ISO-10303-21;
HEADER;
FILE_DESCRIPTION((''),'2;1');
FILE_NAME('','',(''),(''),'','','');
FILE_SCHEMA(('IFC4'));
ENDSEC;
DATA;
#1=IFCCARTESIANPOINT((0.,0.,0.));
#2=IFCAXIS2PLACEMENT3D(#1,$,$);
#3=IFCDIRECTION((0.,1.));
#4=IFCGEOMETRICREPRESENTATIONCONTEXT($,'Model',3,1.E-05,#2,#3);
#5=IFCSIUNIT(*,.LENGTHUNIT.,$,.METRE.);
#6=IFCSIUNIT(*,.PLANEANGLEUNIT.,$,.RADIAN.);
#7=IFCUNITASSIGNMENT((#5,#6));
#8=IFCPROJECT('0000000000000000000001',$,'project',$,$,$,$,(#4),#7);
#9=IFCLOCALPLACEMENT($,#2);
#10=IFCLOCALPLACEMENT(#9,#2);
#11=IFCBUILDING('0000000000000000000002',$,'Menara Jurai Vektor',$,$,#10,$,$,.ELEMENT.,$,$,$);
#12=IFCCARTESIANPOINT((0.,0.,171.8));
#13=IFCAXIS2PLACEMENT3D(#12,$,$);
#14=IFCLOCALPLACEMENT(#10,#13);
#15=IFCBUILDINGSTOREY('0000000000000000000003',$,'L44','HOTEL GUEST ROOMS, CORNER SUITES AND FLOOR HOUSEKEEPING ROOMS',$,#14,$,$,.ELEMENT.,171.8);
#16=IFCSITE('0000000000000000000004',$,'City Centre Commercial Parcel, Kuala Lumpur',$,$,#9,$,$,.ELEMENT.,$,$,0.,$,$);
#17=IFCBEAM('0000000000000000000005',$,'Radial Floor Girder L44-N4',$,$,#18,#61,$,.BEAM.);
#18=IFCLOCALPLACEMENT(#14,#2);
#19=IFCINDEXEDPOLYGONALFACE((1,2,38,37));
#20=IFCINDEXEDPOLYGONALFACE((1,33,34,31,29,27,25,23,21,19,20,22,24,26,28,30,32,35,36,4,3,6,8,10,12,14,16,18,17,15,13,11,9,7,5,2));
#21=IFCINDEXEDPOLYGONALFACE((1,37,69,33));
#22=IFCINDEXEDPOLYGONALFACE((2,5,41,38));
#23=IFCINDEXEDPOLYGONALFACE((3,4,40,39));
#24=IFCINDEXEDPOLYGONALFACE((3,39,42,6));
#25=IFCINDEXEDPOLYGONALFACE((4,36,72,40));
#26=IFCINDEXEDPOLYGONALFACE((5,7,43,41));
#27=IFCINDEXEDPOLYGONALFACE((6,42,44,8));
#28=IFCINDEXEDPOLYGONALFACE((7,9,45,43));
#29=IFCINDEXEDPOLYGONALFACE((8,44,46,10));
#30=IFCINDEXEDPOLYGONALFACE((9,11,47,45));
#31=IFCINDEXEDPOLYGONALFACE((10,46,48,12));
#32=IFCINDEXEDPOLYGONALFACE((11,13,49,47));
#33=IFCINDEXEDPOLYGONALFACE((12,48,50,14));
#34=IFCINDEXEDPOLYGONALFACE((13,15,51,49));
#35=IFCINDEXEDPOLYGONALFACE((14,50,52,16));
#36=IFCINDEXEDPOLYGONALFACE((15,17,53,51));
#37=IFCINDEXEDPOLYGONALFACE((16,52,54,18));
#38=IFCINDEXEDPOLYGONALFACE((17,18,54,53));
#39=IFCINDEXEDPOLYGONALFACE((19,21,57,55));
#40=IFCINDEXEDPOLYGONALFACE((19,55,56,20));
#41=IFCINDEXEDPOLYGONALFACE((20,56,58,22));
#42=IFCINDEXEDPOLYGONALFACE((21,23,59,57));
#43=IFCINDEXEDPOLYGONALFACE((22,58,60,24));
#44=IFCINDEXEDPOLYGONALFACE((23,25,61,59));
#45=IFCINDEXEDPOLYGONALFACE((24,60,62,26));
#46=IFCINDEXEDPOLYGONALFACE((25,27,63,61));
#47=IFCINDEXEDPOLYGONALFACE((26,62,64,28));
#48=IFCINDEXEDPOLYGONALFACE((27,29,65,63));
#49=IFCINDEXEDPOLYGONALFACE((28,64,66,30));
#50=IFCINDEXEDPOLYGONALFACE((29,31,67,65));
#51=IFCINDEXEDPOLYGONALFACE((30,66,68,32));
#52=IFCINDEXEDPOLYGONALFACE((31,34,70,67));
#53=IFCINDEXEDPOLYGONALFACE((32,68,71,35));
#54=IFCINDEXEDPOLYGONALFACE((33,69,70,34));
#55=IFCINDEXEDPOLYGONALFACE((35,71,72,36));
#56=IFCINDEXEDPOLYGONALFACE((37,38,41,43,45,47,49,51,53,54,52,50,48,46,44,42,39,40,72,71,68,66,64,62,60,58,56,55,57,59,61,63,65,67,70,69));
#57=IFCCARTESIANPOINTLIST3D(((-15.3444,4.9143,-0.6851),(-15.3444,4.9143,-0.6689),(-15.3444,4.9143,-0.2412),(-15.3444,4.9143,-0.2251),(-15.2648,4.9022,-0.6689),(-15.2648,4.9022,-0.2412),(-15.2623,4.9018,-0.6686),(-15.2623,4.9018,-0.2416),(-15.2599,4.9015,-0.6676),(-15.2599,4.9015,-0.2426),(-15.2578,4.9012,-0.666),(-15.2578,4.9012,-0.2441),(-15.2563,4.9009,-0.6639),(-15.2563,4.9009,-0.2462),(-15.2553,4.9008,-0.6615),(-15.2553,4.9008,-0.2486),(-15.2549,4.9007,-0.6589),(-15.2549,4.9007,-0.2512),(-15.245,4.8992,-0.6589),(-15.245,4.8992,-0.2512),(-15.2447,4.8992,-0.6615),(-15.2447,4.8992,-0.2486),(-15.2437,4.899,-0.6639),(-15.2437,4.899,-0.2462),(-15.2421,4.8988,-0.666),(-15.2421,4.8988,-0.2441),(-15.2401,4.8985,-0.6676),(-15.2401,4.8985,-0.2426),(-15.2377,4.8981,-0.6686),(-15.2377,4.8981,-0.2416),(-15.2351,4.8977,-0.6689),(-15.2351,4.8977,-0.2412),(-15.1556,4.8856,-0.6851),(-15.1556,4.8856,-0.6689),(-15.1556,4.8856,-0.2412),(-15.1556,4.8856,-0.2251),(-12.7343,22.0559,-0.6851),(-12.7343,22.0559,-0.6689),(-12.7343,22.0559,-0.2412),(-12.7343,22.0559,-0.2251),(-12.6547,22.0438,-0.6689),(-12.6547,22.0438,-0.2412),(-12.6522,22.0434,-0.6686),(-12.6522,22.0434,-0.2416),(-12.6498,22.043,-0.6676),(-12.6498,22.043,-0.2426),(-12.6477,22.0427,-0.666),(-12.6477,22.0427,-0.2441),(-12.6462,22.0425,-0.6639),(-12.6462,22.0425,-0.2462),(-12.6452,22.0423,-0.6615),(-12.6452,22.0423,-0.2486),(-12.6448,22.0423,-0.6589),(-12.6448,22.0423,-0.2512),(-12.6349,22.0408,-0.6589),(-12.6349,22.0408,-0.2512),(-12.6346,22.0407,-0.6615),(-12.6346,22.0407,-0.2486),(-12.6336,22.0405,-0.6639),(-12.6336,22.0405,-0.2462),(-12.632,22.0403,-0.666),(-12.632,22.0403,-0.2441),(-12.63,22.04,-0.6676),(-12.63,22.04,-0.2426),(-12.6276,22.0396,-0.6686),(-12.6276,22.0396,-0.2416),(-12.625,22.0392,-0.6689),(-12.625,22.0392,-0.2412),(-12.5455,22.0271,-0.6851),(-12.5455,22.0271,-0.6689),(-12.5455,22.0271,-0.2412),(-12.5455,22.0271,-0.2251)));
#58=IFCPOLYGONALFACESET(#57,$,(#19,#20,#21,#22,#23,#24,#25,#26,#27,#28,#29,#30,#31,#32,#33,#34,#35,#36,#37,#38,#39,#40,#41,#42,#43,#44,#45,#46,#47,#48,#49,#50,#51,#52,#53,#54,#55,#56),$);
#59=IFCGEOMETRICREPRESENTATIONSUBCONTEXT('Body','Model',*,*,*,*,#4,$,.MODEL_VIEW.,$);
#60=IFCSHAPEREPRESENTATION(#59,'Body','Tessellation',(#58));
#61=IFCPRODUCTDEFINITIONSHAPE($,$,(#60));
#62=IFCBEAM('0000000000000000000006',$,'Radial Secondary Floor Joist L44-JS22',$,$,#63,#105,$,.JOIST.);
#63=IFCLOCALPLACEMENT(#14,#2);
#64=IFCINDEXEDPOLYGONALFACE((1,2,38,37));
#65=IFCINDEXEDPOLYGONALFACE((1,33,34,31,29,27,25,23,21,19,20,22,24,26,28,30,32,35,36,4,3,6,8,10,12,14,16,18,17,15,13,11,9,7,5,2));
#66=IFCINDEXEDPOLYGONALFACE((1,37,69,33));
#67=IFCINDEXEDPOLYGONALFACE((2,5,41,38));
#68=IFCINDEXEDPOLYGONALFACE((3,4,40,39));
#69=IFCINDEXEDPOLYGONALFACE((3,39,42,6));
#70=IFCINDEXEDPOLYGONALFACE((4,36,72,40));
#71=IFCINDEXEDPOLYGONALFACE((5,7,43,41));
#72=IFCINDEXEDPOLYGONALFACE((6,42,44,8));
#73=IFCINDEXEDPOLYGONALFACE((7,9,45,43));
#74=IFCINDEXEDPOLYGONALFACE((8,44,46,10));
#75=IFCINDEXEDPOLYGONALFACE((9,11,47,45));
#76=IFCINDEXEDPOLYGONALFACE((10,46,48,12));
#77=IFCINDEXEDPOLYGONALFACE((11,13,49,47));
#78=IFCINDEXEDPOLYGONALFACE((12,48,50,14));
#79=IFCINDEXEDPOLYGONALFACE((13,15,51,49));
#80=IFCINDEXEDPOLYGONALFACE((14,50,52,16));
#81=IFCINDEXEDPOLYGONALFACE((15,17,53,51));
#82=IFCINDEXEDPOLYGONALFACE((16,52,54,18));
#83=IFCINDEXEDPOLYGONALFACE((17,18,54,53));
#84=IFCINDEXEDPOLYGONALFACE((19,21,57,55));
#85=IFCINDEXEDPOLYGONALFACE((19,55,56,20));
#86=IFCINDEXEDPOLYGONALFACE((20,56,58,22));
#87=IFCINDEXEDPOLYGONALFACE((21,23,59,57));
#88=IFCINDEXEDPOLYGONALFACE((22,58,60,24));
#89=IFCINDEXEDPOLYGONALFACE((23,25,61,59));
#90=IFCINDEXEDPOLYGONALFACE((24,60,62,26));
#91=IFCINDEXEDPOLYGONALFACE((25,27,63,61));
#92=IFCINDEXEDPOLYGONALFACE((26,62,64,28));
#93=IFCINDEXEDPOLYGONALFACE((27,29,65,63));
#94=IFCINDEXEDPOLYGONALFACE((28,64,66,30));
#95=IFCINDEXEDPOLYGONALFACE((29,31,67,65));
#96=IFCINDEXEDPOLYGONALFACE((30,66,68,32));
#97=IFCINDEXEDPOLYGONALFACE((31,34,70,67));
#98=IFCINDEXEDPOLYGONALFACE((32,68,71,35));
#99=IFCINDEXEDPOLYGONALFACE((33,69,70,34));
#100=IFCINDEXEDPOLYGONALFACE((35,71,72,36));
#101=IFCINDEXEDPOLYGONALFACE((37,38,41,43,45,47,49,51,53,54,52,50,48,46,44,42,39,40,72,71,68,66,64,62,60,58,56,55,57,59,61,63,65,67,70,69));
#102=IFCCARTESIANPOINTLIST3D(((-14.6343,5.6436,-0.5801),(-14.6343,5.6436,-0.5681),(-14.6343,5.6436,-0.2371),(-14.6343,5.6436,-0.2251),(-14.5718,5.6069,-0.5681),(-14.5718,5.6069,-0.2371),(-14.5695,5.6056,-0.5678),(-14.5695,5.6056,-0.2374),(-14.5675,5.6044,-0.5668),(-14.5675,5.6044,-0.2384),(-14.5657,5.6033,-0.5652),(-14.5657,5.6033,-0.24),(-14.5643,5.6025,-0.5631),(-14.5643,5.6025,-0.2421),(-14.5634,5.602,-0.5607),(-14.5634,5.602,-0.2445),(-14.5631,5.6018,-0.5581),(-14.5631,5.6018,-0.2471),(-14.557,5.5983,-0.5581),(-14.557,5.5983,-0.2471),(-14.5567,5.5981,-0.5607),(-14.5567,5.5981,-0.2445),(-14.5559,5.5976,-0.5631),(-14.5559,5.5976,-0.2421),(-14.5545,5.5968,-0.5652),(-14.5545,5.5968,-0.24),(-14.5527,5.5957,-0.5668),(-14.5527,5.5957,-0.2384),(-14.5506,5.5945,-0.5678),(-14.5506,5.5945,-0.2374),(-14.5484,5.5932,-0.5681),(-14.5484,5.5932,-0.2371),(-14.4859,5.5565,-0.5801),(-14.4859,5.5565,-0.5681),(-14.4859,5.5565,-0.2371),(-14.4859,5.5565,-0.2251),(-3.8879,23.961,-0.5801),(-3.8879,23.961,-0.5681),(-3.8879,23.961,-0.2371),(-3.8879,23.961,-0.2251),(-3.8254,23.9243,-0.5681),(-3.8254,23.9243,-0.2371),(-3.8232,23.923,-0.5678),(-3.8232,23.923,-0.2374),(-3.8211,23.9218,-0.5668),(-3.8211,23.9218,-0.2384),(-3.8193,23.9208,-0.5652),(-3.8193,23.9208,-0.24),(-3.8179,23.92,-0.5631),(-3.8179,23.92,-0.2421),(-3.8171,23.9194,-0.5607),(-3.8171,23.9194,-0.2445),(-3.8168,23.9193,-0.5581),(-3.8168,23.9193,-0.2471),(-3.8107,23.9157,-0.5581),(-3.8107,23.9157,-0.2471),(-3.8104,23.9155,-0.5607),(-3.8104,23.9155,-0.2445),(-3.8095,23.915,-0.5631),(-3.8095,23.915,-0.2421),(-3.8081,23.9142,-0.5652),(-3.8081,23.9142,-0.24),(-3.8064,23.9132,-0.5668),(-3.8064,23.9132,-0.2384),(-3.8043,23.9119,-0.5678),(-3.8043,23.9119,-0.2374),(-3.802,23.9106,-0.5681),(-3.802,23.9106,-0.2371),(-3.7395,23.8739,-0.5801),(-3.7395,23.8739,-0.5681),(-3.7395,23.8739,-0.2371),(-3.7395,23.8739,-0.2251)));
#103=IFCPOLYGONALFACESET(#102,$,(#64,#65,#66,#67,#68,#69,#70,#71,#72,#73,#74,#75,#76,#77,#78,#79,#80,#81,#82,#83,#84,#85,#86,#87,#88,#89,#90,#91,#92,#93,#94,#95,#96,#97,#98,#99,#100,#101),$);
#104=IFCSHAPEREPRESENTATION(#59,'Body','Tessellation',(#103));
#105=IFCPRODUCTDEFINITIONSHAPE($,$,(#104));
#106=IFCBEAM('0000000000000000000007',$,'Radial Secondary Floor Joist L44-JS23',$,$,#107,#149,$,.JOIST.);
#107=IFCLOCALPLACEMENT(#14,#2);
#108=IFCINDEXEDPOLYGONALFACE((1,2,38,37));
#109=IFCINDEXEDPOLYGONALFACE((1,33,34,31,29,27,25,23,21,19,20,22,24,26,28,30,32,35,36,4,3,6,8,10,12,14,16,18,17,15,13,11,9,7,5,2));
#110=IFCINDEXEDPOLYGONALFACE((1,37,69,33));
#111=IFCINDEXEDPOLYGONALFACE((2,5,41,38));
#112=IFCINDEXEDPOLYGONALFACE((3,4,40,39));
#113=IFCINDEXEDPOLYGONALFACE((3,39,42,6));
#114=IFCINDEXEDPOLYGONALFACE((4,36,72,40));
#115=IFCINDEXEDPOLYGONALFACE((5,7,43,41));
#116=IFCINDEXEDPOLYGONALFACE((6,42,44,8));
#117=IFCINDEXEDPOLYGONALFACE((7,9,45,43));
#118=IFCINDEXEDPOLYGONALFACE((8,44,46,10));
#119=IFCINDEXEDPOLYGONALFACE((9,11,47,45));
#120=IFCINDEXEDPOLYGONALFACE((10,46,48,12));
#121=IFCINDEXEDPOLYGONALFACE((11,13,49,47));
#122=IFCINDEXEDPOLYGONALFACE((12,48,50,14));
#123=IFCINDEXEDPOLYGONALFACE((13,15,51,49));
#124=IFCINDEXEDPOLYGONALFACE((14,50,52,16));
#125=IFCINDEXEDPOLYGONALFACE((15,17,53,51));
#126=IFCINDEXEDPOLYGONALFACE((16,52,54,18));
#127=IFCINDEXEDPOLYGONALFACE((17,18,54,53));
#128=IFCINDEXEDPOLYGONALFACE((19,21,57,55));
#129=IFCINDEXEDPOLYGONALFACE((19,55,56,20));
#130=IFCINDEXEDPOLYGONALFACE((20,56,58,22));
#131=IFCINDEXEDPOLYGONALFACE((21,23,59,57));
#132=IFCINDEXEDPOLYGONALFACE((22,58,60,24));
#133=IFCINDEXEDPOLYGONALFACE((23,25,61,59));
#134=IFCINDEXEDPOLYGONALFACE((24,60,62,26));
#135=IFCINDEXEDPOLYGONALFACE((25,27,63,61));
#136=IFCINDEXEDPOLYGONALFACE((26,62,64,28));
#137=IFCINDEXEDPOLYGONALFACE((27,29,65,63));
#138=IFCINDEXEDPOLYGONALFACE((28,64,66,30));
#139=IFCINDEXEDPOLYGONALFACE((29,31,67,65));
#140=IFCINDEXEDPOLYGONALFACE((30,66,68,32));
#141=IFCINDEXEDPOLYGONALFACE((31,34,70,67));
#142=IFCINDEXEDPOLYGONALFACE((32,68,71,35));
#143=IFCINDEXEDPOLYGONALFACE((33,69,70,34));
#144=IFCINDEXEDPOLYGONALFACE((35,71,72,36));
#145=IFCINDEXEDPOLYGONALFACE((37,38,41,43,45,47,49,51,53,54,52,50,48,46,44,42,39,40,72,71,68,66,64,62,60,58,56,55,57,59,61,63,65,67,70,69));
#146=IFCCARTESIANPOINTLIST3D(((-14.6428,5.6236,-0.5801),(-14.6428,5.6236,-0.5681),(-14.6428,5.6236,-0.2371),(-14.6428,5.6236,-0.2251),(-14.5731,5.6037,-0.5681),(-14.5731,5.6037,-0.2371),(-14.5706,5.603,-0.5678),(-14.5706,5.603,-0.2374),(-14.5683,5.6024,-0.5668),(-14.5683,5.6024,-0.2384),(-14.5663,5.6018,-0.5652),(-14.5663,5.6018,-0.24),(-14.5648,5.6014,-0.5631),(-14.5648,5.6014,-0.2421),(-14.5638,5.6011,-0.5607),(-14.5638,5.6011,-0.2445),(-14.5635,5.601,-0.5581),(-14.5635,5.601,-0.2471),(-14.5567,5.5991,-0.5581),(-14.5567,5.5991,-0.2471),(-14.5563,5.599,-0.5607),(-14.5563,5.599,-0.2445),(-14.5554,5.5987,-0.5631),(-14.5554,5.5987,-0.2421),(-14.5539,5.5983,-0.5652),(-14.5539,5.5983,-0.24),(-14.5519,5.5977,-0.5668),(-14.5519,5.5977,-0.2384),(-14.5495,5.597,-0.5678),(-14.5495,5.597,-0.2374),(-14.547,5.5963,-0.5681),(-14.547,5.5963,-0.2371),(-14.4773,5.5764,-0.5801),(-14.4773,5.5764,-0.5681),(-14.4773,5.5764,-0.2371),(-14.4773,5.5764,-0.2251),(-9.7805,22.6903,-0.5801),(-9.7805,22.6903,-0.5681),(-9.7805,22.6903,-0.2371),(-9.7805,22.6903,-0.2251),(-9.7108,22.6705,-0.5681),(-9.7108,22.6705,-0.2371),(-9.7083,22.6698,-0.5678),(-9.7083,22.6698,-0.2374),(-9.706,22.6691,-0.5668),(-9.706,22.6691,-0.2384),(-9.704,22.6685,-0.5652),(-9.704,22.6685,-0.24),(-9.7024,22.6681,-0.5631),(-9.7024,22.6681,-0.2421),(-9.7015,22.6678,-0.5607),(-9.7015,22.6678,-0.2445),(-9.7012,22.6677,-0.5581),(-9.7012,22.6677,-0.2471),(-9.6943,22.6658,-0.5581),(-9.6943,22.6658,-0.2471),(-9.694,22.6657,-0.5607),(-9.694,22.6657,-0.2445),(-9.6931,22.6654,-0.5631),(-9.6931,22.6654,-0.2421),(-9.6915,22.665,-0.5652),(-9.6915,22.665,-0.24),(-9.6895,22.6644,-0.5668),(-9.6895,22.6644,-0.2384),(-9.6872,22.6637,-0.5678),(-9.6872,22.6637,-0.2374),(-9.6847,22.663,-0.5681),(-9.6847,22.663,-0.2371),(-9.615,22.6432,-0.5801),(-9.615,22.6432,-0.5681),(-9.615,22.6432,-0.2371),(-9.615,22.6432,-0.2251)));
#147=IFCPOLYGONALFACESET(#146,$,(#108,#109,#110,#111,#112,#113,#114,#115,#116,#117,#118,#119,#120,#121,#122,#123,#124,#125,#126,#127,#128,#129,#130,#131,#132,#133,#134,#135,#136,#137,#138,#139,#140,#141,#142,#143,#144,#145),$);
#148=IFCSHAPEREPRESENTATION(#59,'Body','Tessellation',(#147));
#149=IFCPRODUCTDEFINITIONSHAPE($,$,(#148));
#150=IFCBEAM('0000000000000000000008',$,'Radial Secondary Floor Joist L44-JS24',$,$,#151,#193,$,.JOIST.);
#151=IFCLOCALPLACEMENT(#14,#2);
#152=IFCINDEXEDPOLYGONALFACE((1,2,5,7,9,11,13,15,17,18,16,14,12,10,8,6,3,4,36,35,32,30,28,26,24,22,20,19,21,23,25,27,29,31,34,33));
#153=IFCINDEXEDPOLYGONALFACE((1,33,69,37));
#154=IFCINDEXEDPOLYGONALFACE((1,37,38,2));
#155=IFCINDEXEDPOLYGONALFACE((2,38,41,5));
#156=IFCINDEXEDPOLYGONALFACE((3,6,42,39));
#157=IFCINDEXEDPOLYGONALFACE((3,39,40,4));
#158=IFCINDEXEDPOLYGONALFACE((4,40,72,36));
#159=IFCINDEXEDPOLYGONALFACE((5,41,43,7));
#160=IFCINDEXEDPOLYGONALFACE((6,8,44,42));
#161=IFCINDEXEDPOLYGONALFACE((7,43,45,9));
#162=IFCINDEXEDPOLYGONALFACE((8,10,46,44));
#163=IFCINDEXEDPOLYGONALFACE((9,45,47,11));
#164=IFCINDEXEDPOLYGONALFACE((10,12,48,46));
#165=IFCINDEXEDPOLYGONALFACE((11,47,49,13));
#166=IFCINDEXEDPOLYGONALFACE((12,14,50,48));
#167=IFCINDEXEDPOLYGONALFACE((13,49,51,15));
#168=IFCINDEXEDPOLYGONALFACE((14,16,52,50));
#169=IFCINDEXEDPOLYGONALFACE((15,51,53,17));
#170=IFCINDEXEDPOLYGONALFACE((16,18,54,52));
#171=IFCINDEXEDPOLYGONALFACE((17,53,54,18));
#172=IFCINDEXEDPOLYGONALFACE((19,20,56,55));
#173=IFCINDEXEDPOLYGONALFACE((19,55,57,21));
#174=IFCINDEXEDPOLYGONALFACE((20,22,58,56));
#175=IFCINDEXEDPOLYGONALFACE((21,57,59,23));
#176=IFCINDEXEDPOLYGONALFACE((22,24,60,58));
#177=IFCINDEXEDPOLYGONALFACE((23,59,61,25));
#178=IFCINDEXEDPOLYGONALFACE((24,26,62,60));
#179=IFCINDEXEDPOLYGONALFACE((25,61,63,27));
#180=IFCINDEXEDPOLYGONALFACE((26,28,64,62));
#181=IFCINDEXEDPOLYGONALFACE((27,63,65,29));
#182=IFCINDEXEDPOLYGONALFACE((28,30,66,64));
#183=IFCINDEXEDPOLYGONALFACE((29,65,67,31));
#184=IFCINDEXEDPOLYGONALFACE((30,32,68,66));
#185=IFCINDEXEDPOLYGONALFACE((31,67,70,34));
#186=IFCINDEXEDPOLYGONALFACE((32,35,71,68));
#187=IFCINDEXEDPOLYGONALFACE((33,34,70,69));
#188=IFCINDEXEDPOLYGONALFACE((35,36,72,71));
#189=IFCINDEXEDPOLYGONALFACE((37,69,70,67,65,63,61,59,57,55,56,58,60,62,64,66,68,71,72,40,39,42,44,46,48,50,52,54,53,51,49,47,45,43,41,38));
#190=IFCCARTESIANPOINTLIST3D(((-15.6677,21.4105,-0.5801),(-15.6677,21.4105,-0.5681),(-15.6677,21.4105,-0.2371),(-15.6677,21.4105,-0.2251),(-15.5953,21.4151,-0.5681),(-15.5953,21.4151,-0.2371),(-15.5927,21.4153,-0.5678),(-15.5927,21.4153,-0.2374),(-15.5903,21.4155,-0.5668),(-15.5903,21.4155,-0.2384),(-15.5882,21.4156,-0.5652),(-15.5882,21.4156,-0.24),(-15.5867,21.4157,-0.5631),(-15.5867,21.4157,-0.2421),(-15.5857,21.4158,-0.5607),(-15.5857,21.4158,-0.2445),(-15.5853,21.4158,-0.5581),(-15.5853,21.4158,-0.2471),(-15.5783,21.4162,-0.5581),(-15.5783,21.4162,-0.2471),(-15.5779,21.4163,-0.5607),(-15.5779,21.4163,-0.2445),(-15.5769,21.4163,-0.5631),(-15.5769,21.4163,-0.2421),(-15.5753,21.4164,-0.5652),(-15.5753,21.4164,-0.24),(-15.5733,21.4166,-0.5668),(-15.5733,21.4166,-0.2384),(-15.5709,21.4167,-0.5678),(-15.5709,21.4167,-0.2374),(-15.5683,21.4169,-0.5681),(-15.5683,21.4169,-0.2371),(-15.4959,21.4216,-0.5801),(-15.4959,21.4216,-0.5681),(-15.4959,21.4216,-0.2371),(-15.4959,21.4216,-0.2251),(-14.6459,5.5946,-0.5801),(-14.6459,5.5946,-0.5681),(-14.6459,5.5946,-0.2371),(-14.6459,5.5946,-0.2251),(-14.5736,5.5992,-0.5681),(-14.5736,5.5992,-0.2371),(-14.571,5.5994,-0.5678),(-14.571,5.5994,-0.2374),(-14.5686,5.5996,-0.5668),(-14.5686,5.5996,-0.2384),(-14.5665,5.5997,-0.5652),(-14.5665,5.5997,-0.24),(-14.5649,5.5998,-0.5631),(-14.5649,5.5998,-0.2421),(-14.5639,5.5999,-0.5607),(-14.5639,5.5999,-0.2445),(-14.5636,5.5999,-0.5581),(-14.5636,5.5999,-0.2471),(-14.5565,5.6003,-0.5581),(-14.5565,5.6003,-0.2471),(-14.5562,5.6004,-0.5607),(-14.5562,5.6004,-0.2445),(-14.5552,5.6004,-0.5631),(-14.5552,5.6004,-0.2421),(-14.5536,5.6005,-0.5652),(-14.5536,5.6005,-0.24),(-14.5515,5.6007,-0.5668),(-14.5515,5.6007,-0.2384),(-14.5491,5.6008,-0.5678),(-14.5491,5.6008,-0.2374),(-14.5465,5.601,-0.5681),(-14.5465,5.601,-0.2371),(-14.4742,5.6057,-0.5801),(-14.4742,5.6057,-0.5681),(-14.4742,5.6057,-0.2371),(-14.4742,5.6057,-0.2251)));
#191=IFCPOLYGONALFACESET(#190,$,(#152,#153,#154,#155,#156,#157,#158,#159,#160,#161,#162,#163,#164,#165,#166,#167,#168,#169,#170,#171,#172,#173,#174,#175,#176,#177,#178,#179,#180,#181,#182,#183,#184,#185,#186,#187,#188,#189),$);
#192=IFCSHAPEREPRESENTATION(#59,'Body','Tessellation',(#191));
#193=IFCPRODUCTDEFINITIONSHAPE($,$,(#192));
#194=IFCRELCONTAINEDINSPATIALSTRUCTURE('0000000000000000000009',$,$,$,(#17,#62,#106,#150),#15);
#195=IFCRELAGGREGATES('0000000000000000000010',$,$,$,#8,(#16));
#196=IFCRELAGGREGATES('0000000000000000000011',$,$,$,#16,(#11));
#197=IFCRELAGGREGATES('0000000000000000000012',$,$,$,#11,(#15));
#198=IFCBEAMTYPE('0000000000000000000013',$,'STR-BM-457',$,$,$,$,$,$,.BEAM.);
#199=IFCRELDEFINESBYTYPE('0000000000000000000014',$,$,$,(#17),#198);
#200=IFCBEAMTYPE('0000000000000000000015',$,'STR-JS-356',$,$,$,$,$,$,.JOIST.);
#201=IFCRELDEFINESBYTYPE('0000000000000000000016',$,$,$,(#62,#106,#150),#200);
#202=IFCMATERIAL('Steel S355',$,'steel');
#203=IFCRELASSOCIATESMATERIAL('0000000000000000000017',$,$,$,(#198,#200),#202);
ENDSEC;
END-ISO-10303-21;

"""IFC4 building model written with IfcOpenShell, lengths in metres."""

from ifc_helpers import new_model, si_unit, direction, frame, origin, origin_2d, place, context, subcontext, project, spatial, i_section, extrude, material, material_profile, profile_set, type_object, element, save


model = new_model("IFC4")

# Units and contexts
model_context = context("Model", 3, precision=1e-05, world=origin(), true_north=direction((0.0, 1.0)))
body_context = subcontext(model_context, "Body", "Model", "MODEL_VIEW")
ifc_project = project(units=[si_unit("LENGTHUNIT", "METRE"), si_unit("PLANEANGLEUNIT", "RADIAN")], contexts=[model_context])

# Site, building, storey
site_placement = place(None, origin())
site = spatial("IfcSite", under=ifc_project, at=site_placement, Name="City Centre Commercial Parcel, Kuala Lumpur", CompositionType="ELEMENT", RefElevation=0.0)
building_placement = place(site_placement, origin())
building = spatial("IfcBuilding", under=site, at=building_placement, Name="Menara Jurai Vektor", CompositionType="ELEMENT")
storey_placement = place(building_placement, frame((0.0, 0.0, 171.8)))
storey = spatial("IfcBuildingStorey", under=building, at=storey_placement, Name="L44", Description="HOTEL GUEST ROOMS, CORNER SUITES AND FLOOR HOUSEKEEPING ROOMS", CompositionType="ELEMENT", Elevation=171.8)

# Beams
ifc_material_1 = material(Name="Steel S355", Category="steel")
ifc_material_profile_1 = material_profile(ifc_material_1, i_section(OverallWidth=0.1909, OverallDepth=0.46, WebThickness=0.01, FlangeThickness=0.0161, FilletRadius=0.01, at=origin_2d()), Name="UKB 457x191x82")
ifc_profile_set_1 = profile_set([ifc_material_profile_1], Name="Steel S355")
beam_type_1 = type_object("IfcBeamType", Name="STR-BM-457", PredefinedType="BEAM", material=ifc_profile_set_1)
beam_1_placement = place(storey_placement, frame((-12.6399, 22.0415, -0.4551), z_axis=(-0.150532, -0.988605, 0.0), x_axis=(0.988605, -0.150532, 0.0)))
element("IfcBeam", 1, at=beam_1_placement, inside=storey, type_object=beam_type_1, Name="Radial Floor Girder L44-N4", PredefinedType="BEAM", context=body_context, shape_type="SweptSolid", body=[
    extrude(i_section(OverallWidth=0.1909, OverallDepth=0.46, WebThickness=0.01, FlangeThickness=0.0161, FilletRadius=0.01, at=origin_2d()), origin(), (0.0, 0.0, 1.0), 17.3391),
])
ifc_material_profile_2 = material_profile(ifc_material_1, i_section(OverallWidth=0.1721, OverallDepth=0.355, WebThickness=0.0071, FlangeThickness=0.012, FilletRadius=0.01, at=origin_2d()), Name="UKB 356x171x51")
ifc_profile_set_2 = profile_set([ifc_material_profile_2], Name="Steel S355")
beam_type_2 = type_object("IfcBeamType", Name="STR-JS-356", PredefinedType="JOIST", material=ifc_profile_set_2)
beam_2_placement = place(storey_placement, frame((-3.8137, 23.9175, -0.4026), z_axis=(-0.50602, -0.862522, 0.0), x_axis=(0.862522, -0.50602, 0.0)))
element("IfcBeam", 2, at=beam_2_placement, inside=storey, type_object=beam_type_2, Name="Radial Secondary Floor Joist L44-JS22", PredefinedType="JOIST", context=body_context, shape_type="SweptSolid", body=[
    extrude(i_section(OverallWidth=0.1721, OverallDepth=0.355, WebThickness=0.0071, FlangeThickness=0.012, FilletRadius=0.01, at=origin_2d()), origin(), (0.0, 0.0, 1.0), 21.2371),
])
beam_3_placement = place(storey_placement, frame((-9.6978, 22.6667, -0.4026), z_axis=(-0.273998, -0.96173, 0.0), x_axis=(0.96173, -0.273998, 0.0)))
element("IfcBeam", 3, at=beam_3_placement, inside=storey, type_object=beam_type_2, Name="Radial Secondary Floor Joist L44-JS23", PredefinedType="JOIST", context=body_context, shape_type="SweptSolid", body=[
    extrude(i_section(OverallWidth=0.1721, OverallDepth=0.355, WebThickness=0.0071, FlangeThickness=0.012, FilletRadius=0.01, at=origin_2d()), origin(), (0.0, 0.0, 1.0), 17.7458),
])
beam_4_placement = place(storey_placement, frame((-15.5818, 21.416, -0.4026), z_axis=(0.064467, -0.99792, 0.0), x_axis=(0.99792, 0.064467, 0.0)))
element("IfcBeam", 4, at=beam_4_placement, inside=storey, type_object=beam_type_2, Name="Radial Secondary Floor Joist L44-JS24", PredefinedType="JOIST", context=body_context, shape_type="SweptSolid", body=[
    extrude(i_section(OverallWidth=0.1721, OverallDepth=0.355, WebThickness=0.0071, FlangeThickness=0.012, FilletRadius=0.01, at=origin_2d()), origin(), (0.0, 0.0, 1.0), 15.8489),
])

save(model, "model.ifc")
